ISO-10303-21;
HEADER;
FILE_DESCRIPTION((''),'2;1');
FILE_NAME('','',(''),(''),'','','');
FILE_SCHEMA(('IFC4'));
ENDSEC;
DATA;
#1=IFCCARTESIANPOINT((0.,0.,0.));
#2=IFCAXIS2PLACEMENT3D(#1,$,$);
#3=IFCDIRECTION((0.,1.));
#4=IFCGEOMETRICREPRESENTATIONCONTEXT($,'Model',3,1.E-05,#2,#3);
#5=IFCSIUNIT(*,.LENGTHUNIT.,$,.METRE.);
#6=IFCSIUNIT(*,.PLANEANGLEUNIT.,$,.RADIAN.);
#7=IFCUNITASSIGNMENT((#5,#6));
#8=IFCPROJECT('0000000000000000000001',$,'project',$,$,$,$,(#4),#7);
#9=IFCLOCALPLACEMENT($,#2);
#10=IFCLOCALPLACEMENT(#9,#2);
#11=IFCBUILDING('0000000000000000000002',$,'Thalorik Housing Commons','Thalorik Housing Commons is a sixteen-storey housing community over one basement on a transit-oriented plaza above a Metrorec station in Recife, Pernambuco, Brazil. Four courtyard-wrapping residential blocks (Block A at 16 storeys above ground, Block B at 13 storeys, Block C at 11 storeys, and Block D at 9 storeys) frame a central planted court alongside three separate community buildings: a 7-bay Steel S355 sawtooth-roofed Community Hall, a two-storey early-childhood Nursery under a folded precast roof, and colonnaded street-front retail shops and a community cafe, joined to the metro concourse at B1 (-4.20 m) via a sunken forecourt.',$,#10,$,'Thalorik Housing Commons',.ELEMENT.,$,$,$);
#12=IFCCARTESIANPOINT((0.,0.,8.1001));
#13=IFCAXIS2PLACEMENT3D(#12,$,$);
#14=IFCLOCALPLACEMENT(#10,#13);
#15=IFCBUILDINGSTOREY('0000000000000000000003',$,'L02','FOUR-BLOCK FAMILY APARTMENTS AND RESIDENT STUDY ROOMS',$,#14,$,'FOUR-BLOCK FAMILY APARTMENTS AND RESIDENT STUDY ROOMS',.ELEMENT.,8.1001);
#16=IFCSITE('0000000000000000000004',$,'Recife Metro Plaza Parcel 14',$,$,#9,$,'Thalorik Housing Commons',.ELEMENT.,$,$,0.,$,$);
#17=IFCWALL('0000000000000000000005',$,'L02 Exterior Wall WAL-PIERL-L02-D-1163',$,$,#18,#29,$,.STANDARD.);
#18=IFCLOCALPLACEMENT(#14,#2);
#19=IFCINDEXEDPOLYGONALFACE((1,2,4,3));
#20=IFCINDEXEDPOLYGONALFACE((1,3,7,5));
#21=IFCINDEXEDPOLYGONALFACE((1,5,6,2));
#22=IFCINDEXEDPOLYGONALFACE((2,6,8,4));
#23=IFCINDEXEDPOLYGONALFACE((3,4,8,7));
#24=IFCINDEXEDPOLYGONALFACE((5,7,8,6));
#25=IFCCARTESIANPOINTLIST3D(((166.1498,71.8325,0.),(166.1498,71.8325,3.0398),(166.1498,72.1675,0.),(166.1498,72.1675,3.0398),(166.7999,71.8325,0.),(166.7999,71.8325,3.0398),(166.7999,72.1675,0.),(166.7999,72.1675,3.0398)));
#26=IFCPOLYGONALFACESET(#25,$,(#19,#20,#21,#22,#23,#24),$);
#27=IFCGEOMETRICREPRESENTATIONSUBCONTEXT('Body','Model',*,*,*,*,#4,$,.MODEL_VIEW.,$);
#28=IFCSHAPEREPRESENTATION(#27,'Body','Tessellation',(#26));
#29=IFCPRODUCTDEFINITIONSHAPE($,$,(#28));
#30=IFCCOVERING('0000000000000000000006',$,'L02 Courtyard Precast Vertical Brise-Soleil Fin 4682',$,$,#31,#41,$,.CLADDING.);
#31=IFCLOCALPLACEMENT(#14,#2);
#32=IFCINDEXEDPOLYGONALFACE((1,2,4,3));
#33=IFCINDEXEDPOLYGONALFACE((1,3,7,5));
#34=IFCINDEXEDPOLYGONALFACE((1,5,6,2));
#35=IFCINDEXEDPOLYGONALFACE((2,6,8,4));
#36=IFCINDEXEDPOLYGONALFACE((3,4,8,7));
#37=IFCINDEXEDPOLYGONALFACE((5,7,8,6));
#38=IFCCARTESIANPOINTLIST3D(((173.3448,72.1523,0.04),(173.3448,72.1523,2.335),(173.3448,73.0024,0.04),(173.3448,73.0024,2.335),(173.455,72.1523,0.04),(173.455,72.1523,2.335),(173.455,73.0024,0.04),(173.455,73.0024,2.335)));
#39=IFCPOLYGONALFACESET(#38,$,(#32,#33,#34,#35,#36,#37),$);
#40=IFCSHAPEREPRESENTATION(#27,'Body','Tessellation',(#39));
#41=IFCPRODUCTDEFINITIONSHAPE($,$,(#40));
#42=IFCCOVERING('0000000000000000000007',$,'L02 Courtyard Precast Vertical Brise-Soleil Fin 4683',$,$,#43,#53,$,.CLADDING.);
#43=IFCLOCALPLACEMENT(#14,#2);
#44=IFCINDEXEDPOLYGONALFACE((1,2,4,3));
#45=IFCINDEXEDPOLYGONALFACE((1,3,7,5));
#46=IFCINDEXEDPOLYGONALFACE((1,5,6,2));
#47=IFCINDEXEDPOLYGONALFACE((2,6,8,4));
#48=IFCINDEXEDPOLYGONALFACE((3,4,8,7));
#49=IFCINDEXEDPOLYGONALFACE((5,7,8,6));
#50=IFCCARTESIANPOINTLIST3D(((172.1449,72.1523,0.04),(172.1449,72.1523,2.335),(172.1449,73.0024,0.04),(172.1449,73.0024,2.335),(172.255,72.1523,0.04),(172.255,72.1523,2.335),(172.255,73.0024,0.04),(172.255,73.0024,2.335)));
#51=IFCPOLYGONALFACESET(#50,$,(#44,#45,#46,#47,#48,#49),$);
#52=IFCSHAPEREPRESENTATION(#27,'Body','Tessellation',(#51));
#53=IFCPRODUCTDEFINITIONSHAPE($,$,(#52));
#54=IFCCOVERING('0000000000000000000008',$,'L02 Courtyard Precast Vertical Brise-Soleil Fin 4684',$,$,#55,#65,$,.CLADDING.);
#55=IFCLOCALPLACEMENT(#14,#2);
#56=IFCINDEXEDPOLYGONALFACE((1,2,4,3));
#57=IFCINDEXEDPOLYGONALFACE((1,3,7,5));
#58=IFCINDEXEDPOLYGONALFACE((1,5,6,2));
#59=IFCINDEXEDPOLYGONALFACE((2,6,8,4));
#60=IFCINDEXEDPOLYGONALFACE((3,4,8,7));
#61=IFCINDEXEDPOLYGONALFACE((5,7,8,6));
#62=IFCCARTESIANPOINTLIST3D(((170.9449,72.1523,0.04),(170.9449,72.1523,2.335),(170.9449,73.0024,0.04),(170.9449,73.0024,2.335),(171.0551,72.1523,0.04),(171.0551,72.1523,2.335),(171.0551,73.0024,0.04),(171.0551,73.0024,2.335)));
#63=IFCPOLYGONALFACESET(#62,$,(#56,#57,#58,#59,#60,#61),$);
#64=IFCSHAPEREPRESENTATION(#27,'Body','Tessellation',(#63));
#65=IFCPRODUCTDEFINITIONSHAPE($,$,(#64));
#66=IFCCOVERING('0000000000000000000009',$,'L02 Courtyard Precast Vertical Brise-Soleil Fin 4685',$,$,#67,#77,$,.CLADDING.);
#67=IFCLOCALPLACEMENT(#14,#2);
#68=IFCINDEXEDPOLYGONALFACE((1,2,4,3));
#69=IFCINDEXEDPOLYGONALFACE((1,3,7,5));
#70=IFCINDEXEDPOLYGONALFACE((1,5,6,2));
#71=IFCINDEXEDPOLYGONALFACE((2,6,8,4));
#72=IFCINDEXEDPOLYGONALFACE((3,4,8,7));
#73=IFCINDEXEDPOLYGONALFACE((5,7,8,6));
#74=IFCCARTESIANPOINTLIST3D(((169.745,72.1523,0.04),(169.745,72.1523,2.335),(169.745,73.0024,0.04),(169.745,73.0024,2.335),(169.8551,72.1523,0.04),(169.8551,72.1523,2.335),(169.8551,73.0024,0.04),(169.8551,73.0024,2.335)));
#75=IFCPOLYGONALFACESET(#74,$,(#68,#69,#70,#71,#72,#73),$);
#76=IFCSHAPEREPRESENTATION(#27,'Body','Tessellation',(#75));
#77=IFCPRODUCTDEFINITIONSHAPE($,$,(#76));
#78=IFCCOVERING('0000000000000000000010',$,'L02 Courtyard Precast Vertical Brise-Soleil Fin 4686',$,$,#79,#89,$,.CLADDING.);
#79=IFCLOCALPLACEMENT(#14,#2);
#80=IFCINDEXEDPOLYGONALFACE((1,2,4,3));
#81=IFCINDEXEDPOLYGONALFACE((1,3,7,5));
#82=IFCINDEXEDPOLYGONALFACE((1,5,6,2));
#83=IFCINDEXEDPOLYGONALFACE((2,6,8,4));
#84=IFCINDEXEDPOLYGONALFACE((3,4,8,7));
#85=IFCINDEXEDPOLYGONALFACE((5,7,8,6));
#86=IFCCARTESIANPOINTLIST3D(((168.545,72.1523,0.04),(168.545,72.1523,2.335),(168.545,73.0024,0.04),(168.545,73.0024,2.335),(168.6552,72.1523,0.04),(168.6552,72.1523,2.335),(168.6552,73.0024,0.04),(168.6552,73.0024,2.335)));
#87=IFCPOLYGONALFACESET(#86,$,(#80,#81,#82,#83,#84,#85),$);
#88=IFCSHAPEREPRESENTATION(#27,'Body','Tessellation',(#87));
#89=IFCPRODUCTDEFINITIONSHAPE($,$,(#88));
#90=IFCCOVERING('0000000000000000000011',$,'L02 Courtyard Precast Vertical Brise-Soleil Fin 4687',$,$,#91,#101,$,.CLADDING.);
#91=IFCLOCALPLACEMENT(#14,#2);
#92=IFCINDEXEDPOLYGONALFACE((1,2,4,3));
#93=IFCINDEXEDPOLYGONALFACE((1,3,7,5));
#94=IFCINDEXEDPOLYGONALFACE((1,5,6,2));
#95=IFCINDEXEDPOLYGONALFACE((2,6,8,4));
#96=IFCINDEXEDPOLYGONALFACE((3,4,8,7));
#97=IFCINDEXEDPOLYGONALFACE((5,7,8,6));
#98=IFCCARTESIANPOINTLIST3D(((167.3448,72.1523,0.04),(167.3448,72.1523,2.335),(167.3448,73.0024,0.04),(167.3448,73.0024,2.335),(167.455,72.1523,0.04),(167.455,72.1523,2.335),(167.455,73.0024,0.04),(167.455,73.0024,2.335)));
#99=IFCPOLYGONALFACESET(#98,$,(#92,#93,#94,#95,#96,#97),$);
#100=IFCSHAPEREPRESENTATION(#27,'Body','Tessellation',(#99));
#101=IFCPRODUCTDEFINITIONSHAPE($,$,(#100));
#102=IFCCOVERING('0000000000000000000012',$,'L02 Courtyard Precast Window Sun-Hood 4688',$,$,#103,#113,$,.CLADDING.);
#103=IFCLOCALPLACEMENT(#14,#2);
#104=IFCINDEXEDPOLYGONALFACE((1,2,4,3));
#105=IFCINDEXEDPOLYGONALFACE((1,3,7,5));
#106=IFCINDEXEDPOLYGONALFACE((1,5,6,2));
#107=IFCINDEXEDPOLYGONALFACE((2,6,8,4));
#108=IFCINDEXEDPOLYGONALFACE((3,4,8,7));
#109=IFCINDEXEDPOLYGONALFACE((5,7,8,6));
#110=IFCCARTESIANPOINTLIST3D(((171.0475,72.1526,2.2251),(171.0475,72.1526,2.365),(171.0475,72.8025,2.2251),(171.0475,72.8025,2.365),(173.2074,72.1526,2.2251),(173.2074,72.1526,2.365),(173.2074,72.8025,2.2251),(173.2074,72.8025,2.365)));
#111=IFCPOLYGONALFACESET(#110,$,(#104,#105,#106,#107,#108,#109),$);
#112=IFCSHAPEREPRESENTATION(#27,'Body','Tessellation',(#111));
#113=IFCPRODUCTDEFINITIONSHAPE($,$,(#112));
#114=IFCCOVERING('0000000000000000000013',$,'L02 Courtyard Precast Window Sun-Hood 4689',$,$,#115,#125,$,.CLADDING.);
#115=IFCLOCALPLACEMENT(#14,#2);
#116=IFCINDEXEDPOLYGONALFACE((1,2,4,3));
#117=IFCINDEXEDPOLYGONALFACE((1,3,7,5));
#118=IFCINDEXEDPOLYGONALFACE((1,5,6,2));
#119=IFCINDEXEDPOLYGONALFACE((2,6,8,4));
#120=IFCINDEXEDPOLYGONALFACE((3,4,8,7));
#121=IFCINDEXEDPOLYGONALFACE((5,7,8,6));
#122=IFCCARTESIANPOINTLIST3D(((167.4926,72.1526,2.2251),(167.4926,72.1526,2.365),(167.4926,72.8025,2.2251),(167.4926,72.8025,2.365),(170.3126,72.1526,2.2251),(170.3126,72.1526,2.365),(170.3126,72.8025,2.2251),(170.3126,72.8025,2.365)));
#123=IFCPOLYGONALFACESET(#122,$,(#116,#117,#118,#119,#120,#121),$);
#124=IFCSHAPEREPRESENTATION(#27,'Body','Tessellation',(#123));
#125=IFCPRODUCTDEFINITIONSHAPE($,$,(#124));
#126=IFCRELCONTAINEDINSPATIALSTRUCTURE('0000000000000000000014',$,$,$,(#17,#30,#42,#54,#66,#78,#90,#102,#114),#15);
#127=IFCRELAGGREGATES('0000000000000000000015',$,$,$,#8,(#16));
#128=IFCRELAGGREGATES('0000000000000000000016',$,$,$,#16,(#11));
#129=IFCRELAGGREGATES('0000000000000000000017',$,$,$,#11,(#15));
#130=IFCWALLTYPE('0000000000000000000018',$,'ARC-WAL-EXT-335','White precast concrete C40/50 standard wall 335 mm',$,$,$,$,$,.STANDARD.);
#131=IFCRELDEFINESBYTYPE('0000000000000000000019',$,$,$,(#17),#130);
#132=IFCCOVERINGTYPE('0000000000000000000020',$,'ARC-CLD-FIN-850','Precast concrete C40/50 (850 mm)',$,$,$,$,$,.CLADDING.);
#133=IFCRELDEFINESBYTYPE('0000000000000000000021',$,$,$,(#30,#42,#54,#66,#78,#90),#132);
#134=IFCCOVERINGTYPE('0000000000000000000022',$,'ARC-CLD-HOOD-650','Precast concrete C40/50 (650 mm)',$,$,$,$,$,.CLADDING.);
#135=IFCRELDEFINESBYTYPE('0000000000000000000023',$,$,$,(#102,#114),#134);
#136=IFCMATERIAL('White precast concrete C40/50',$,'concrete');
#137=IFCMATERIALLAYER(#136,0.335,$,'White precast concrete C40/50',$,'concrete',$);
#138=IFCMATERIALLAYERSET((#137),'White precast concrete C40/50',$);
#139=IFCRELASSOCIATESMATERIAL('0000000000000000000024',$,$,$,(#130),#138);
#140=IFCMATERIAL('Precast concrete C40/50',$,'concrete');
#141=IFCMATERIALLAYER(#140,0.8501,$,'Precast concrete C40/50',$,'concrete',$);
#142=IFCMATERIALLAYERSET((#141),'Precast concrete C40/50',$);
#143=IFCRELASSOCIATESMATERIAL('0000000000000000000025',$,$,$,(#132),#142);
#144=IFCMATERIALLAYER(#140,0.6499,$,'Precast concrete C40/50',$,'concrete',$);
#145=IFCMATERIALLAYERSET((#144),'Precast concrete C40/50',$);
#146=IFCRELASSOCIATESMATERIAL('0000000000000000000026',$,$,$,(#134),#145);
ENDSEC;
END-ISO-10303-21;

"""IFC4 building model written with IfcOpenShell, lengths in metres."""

from ifc_helpers import new_model, si_unit, direction, frame, frame_2d, origin, origin_2d, place, context, subcontext, project, spatial, rectangle, extrude, material, layer, layer_set, type_object, element, save


model = new_model("IFC4")

# Units and contexts
model_context = context("Model", 3, precision=1e-05, world=origin(), true_north=direction((0.0, 1.0)))
body_context = subcontext(model_context, "Body", "Model", "MODEL_VIEW")
ifc_project = project(units=[si_unit("LENGTHUNIT", "METRE"), si_unit("PLANEANGLEUNIT", "RADIAN")], contexts=[model_context])

# Site, building, storey
site_placement = place(None, origin())
site = spatial("IfcSite", under=ifc_project, at=site_placement, Name="Recife Metro Plaza Parcel 14", LongName="Thalorik Housing Commons", CompositionType="ELEMENT", RefElevation=0.0)
building_placement = place(site_placement, origin())
building = spatial("IfcBuilding", under=site, at=building_placement, Name="Thalorik Housing Commons", Description="Thalorik Housing Commons is a sixteen-storey housing community over one basement on a transit-oriented plaza above a Metrorec station in Recife, Pernambuco, Brazil. Four courtyard-wrapping residential blocks (Block A at 16 storeys above ground, Block B at 13 storeys, Block C at 11 storeys, and Block D at 9 storeys) frame a central planted court alongside three separate community buildings: a 7-bay Steel S355 sawtooth-roofed Community Hall, a two-storey early-childhood Nursery under a folded precast roof, and colonnaded street-front retail shops and a community cafe, joined to the metro concourse at B1 (-4.20 m) via a sunken forecourt.", LongName="Thalorik Housing Commons", CompositionType="ELEMENT")
storey_placement = place(building_placement, frame((0.0, 0.0, 8.1001)))
storey = spatial("IfcBuildingStorey", under=building, at=storey_placement, Name="L02", Description="FOUR-BLOCK FAMILY APARTMENTS AND RESIDENT STUDY ROOMS", LongName="FOUR-BLOCK FAMILY APARTMENTS AND RESIDENT STUDY ROOMS", CompositionType="ELEMENT", Elevation=8.1001)

# Shared definitions
ifc_material_1 = material(Name="Precast concrete C40/50", Category="concrete")

# Shared definitions
ifc_material_2 = material(Name="White precast concrete C40/50", Category="concrete")
ifc_layer_1 = layer(ifc_material_2, 0.335, Name="White precast concrete C40/50", Category="concrete")
ifc_layer_set_1 = layer_set([ifc_layer_1], Name="White precast concrete C40/50")
wall_type_1 = type_object("IfcWallType", Name="ARC-WAL-EXT-335", Description="White precast concrete C40/50 standard wall 335 mm", PredefinedType="STANDARD", material=ifc_layer_set_1)

# Wall
wall_1_placement = place(storey_placement, frame((166.8, 72.0, 0.0), z_axis=(0.0, 0.0, 1.0), x_axis=(-1.0, 0.0, 0.0)))
element("IfcWall", 1, at=wall_1_placement, inside=storey, type_object=wall_type_1, Name="L02 Exterior Wall WAL-PIERL-L02-D-1163", PredefinedType="STANDARD", context=body_context, shape_type="SweptSolid", body=[
    extrude(rectangle(XDim=0.6501, YDim=0.335, at=frame_2d((0.3252, 0.0))), origin(), (0.0, 0.0, 1.0), 3.0398),
])

# Coverings
ifc_layer_2 = layer(ifc_material_1, 0.8501, Name="Precast concrete C40/50", Category="concrete")
ifc_layer_set_2 = layer_set([ifc_layer_2], Name="Precast concrete C40/50")
covering_type_1 = type_object("IfcCoveringType", Name="ARC-CLD-FIN-850", Description="Precast concrete C40/50 (850 mm)", PredefinedType="CLADDING", material=ifc_layer_set_2)
for number, where, z_axis, x_axis, name in (
    (2, (173.3999, 72.5774, 0.04), (0.0, 0.0, 1.0), (-1.0, 0.0, 0.0), "L02 Courtyard Precast Vertical Brise-Soleil Fin 4682"),
    (3, (172.2, 72.5774, 0.04), (0.0, 0.0, 1.0), (-1.0, 0.0, 0.0), "L02 Courtyard Precast Vertical Brise-Soleil Fin 4683"),
    (4, (171.0, 72.5774, 0.04), (0.0, 0.0, 1.0), (-1.0, 0.0, 0.0), "L02 Courtyard Precast Vertical Brise-Soleil Fin 4684"),
    (5, (169.8, 72.5774, 0.04), (0.0, 0.0, 1.0), (-1.0, 0.0, 0.0), "L02 Courtyard Precast Vertical Brise-Soleil Fin 4685"),
    (6, (168.6001, 72.5774, 0.04), (0.0, 0.0, 1.0), (-1.0, 0.0, 0.0), "L02 Courtyard Precast Vertical Brise-Soleil Fin 4686"),
    (7, (167.3999, 72.5774, 0.04), (0.0, 0.0, 1.0), (-1.0, 0.0, 0.0), "L02 Courtyard Precast Vertical Brise-Soleil Fin 4687"),
):
    element("IfcCovering", number, at=place(storey_placement, frame(where, z_axis=z_axis, x_axis=x_axis)), inside=storey, type_object=covering_type_1, Name=name, PredefinedType="CLADDING", context=body_context, shape_type="SweptSolid", body=[
        extrude(rectangle(XDim=0.1101, YDim=0.8501, at=origin_2d()), origin(), (0.0, 0.0, 1.0), 2.2949),
    ])
ifc_layer_3 = layer(ifc_material_1, 0.6499, Name="Precast concrete C40/50", Category="concrete")
ifc_layer_set_3 = layer_set([ifc_layer_3], Name="Precast concrete C40/50")
covering_type_2 = type_object("IfcCoveringType", Name="ARC-CLD-HOOD-650", Description="Precast concrete C40/50 (650 mm)", PredefinedType="CLADDING", material=ifc_layer_set_3)
covering_1_placement = place(storey_placement, frame((172.1274, 72.4775, 2.2251), z_axis=(0.0, 0.0, 1.0), x_axis=(-1.0, 0.0, 0.0)))
element("IfcCovering", 8, at=covering_1_placement, inside=storey, type_object=covering_type_2, Name="L02 Courtyard Precast Window Sun-Hood 4688", PredefinedType="CLADDING", context=body_context, shape_type="SweptSolid", body=[
    extrude(rectangle(XDim=2.1599, YDim=0.6499, at=origin_2d()), origin(), (0.0, 0.0, 1.0), 0.1399),
])
covering_2_placement = place(storey_placement, frame((168.9026, 72.4775, 2.2251), z_axis=(0.0, 0.0, 1.0), x_axis=(-1.0, 0.0, 0.0)))
element("IfcCovering", 9, at=covering_2_placement, inside=storey, type_object=covering_type_2, Name="L02 Courtyard Precast Window Sun-Hood 4689", PredefinedType="CLADDING", context=body_context, shape_type="SweptSolid", body=[
    extrude(rectangle(XDim=2.8201, YDim=0.6499, at=origin_2d()), origin(), (0.0, 0.0, 1.0), 0.1399),
])

save(model, "model.ifc")
